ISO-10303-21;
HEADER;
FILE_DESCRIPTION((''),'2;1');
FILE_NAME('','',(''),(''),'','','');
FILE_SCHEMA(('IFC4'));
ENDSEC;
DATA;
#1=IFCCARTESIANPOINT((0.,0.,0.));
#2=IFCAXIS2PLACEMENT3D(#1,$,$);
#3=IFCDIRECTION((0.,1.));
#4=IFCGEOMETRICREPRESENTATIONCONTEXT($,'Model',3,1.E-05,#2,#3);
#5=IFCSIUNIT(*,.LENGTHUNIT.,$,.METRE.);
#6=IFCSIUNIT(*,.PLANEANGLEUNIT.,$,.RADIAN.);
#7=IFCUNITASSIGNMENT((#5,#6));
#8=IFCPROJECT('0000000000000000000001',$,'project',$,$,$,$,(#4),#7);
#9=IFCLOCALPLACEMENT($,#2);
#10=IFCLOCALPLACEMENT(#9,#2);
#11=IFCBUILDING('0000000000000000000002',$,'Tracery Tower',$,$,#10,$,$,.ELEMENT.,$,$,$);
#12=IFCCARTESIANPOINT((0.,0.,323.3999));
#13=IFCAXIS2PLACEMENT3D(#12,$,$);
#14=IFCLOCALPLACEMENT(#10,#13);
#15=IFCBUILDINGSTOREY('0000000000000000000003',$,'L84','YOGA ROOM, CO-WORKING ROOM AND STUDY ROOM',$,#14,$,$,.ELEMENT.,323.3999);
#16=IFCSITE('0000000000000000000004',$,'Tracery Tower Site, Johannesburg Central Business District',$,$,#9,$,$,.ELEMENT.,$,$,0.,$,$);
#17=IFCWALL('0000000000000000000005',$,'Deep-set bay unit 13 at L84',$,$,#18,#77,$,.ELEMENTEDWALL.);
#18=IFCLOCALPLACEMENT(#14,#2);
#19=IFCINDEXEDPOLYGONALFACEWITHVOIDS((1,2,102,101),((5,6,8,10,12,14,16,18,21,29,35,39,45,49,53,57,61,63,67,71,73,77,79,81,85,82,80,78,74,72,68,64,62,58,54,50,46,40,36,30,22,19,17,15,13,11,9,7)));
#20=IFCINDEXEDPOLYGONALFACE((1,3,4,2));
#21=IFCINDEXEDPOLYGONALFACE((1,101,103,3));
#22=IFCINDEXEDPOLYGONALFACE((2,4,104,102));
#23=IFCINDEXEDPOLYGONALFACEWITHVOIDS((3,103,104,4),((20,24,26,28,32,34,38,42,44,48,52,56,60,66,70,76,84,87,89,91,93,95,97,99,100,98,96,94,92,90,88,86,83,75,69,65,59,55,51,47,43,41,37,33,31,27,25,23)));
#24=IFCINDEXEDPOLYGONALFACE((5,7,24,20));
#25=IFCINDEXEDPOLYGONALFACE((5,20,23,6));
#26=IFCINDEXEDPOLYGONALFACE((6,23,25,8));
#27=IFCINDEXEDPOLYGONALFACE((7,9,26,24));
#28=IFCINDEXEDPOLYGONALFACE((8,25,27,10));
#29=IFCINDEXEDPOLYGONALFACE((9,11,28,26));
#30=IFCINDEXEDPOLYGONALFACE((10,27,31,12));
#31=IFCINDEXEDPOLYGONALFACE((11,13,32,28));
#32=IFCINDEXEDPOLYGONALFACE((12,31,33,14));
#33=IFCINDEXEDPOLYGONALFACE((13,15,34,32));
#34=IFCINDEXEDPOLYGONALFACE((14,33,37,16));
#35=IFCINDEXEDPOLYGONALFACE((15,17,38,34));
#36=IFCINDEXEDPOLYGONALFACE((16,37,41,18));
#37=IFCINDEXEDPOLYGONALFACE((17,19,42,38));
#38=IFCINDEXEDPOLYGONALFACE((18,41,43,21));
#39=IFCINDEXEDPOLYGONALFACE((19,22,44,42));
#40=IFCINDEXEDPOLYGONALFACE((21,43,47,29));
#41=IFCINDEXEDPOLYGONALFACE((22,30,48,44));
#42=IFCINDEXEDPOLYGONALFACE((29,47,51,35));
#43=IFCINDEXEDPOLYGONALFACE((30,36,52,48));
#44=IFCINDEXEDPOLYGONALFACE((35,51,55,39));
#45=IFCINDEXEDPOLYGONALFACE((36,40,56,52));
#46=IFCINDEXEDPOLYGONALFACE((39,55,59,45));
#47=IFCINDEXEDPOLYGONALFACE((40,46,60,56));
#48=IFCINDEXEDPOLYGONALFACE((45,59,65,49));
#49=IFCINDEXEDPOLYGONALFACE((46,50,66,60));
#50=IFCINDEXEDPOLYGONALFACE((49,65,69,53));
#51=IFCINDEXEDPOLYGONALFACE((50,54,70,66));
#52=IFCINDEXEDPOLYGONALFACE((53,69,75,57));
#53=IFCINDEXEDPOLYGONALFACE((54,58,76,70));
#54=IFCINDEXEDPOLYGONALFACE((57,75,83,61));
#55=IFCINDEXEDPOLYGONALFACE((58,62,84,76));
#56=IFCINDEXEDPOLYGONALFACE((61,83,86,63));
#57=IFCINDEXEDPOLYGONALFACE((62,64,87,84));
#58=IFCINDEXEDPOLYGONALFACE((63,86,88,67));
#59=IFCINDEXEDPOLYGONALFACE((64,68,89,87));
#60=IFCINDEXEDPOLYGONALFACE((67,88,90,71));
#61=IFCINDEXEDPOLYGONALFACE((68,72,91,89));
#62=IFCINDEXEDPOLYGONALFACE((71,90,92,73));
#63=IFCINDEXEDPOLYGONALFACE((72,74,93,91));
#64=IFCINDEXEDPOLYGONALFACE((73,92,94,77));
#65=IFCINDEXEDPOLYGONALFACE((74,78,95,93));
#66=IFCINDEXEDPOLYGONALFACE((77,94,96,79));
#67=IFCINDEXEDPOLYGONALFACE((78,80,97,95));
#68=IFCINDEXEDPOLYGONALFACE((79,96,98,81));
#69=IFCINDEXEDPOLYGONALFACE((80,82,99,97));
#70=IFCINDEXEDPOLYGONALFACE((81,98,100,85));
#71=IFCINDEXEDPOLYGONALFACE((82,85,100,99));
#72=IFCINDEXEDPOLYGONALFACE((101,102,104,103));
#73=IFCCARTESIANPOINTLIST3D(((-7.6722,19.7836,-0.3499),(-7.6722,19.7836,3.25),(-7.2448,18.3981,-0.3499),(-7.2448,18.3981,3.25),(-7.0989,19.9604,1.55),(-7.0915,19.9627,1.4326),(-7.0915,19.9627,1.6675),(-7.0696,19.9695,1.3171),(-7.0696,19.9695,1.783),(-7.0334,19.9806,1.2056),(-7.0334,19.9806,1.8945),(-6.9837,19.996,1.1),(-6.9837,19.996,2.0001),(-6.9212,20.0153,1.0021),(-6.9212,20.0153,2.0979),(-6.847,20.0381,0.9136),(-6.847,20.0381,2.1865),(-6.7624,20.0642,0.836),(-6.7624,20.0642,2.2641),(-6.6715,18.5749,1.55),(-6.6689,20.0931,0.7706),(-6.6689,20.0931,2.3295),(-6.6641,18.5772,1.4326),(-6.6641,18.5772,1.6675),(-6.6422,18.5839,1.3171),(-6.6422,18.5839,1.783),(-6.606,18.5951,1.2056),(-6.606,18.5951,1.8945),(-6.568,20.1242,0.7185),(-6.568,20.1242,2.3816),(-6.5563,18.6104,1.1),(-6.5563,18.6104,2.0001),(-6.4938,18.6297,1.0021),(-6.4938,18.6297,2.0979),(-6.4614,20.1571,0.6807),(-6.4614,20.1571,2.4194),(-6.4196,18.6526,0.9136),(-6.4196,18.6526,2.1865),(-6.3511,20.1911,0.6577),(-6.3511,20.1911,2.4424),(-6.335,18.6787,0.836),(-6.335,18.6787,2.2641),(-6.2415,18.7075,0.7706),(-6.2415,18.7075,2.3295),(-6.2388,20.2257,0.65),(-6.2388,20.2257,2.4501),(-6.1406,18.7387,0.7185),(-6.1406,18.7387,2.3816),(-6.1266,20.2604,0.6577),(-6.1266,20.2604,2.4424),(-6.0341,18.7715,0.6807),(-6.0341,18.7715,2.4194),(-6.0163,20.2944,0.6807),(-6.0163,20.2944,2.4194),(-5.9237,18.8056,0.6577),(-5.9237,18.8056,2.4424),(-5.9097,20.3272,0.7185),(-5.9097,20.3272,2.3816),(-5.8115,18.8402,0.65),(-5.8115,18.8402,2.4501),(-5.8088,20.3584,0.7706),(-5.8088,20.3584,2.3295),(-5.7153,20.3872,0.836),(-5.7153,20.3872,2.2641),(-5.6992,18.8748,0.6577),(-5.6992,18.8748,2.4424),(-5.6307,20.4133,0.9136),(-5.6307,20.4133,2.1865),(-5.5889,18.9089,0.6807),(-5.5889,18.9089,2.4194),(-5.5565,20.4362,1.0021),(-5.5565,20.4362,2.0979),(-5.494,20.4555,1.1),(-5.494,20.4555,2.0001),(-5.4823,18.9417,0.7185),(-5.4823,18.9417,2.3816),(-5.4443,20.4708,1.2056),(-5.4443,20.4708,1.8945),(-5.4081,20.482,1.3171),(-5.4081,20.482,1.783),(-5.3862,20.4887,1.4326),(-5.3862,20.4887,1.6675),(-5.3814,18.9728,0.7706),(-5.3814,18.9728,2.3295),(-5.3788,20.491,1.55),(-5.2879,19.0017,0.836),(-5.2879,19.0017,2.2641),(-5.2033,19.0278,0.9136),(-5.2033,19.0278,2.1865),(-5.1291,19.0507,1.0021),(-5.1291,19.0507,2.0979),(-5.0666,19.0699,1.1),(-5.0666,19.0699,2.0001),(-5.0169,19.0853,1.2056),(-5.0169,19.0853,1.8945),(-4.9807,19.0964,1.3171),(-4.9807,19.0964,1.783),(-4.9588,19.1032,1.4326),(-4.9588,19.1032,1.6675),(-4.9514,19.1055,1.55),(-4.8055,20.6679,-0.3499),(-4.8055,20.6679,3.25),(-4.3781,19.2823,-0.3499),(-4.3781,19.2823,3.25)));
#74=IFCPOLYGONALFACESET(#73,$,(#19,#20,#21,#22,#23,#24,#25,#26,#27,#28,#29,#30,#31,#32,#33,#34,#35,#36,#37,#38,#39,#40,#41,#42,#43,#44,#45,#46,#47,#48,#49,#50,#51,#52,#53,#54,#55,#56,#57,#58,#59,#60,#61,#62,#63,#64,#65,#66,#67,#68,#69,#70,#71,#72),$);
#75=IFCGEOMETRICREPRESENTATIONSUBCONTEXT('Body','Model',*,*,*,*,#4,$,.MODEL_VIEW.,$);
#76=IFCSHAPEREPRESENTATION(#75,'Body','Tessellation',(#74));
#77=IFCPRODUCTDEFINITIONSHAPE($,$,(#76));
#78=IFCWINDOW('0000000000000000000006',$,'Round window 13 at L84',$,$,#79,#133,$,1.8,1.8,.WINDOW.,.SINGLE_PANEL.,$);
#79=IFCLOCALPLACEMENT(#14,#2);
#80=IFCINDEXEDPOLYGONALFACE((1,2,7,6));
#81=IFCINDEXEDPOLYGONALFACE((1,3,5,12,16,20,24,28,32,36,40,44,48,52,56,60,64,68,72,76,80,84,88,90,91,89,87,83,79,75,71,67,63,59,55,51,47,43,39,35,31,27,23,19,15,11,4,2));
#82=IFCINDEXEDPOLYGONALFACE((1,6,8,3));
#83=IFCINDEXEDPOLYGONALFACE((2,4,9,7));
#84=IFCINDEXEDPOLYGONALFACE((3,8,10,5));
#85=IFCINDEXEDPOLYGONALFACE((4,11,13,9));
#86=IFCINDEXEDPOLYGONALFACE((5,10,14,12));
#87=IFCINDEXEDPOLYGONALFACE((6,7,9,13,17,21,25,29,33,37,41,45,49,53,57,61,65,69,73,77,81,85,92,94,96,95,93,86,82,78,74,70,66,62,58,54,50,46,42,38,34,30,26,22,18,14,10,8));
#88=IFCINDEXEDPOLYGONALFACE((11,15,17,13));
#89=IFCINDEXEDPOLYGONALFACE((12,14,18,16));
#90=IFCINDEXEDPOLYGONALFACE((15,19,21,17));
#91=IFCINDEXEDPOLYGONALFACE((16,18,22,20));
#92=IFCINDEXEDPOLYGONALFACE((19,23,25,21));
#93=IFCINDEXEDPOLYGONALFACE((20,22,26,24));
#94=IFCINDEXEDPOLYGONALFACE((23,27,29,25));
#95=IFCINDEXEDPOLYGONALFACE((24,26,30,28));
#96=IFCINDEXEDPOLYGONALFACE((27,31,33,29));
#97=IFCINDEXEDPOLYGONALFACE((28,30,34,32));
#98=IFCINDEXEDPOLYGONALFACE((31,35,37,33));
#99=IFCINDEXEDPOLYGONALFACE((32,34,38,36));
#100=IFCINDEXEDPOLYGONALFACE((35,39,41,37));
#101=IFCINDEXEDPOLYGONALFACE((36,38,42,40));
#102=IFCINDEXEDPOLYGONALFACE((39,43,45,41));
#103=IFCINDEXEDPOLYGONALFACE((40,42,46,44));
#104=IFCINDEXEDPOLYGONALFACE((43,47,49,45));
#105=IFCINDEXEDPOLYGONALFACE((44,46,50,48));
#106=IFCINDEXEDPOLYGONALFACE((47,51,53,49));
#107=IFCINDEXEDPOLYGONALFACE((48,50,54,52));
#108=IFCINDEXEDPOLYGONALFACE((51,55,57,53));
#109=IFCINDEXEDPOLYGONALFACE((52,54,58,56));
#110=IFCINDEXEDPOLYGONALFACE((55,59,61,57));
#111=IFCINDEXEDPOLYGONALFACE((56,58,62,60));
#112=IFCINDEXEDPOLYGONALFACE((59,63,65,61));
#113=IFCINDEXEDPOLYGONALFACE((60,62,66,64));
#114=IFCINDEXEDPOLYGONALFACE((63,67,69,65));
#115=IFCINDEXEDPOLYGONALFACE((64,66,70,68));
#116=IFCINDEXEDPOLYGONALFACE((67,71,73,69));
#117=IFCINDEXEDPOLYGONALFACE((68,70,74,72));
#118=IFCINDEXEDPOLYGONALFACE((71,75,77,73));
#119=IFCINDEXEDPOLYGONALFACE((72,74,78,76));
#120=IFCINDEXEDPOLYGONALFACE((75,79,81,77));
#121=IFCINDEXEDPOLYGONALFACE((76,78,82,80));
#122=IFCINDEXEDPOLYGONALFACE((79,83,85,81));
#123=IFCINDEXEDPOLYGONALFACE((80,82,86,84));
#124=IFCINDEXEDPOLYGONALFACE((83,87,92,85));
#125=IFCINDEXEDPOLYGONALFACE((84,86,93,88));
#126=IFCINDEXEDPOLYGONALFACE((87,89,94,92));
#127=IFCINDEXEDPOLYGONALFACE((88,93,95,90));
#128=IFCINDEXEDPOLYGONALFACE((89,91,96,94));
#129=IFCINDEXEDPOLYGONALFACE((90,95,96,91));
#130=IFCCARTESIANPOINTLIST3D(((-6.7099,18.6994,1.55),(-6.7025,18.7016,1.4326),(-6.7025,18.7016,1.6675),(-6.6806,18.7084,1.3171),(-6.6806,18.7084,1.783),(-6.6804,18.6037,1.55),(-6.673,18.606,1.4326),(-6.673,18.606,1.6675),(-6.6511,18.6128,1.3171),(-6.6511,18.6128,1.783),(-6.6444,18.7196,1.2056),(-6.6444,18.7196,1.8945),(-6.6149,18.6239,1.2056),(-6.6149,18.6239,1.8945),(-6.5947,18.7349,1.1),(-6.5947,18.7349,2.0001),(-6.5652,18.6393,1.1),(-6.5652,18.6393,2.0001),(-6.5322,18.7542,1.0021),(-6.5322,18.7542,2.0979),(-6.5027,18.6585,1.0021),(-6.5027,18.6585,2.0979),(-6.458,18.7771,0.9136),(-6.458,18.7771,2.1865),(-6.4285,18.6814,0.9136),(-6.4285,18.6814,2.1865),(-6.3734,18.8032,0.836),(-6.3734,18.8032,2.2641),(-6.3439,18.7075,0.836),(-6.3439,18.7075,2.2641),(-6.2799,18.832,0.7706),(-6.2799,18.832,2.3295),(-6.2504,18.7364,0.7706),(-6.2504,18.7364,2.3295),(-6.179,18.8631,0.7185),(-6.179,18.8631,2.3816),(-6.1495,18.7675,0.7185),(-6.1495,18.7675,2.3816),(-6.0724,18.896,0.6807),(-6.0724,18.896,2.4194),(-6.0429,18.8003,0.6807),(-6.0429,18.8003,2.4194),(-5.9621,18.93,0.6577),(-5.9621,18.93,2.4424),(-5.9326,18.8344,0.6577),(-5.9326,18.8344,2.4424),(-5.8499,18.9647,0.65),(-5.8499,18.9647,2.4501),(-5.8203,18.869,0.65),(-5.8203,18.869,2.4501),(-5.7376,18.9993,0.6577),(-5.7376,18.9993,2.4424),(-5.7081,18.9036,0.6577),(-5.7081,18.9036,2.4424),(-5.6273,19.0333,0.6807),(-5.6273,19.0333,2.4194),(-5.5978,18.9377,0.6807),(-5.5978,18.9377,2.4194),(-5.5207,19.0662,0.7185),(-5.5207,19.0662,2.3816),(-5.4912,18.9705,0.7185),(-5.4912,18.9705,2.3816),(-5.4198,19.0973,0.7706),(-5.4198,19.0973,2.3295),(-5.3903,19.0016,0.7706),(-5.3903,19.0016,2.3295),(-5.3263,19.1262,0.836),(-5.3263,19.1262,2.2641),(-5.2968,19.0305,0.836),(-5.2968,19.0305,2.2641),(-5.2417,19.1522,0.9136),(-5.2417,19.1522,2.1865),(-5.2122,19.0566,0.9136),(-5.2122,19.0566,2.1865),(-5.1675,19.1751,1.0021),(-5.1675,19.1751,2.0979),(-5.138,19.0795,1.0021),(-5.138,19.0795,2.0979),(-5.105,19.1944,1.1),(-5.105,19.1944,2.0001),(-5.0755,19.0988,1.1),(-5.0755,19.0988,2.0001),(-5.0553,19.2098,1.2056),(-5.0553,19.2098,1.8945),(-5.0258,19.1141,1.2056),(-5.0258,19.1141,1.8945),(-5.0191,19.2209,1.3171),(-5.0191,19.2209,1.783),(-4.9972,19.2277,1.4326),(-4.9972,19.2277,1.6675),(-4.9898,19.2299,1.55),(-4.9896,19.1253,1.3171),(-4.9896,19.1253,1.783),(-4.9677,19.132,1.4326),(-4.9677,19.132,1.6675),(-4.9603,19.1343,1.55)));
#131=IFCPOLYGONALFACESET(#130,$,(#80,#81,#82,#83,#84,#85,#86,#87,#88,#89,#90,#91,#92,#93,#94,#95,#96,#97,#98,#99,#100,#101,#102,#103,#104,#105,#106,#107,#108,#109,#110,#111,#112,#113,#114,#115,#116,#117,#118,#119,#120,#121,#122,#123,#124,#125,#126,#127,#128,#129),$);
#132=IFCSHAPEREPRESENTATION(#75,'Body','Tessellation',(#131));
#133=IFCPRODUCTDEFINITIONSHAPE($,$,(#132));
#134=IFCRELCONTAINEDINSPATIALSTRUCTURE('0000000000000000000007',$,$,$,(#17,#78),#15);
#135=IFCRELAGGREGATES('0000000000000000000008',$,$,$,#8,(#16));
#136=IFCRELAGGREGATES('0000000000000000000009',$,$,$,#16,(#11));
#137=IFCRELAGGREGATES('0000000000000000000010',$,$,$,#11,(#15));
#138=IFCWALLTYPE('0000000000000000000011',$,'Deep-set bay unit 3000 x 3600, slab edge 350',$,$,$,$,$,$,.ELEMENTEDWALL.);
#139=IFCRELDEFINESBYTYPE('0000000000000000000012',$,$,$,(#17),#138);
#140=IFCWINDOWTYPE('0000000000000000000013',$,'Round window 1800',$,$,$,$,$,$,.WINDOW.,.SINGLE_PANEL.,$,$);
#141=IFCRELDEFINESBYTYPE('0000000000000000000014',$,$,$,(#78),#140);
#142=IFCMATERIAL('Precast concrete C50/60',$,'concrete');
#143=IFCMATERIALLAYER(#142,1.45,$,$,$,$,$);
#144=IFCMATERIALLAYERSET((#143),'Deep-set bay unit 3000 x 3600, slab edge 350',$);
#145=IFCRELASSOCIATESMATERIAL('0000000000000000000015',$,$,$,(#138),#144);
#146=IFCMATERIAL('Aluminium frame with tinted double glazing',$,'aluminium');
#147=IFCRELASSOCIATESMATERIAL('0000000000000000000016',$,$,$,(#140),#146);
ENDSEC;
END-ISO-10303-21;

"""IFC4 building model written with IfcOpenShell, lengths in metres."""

from ifc_helpers import new_model, si_unit, direction, frame, frame_2d, origin, origin_2d, place, context, subcontext, project, spatial, rectangle, circle, extrude, material, layer, layer_set, type_object, element, fill, save


model = new_model("IFC4")

# Units and contexts
model_context = context("Model", 3, precision=1e-05, world=origin(), true_north=direction((0.0, 1.0)))
body_context = subcontext(model_context, "Body", "Model", "MODEL_VIEW")
ifc_project = project(units=[si_unit("LENGTHUNIT", "METRE"), si_unit("PLANEANGLEUNIT", "RADIAN")], contexts=[model_context])

# Site, building, storey
site_placement = place(None, origin())
site = spatial("IfcSite", under=ifc_project, at=site_placement, Name="Tracery Tower Site, Johannesburg Central Business District", CompositionType="ELEMENT", RefElevation=0.0)
building_placement = place(site_placement, origin())
building = spatial("IfcBuilding", under=site, at=building_placement, Name="Tracery Tower", CompositionType="ELEMENT")
storey_placement = place(building_placement, frame((0.0, 0.0, 323.3999)))
storey = spatial("IfcBuildingStorey", under=building, at=storey_placement, Name="L84", Description="YOGA ROOM, CO-WORKING ROOM AND STUDY ROOM", CompositionType="ELEMENT", Elevation=323.3999)

# Wall, opening, window
ifc_material_1 = material(Name="Precast concrete C50/60", Category="concrete")
ifc_layer_1 = layer(ifc_material_1, 1.45)
ifc_layer_set_1 = layer_set([ifc_layer_1], Name="Deep-set bay unit 3000 x 3600, slab edge 350")
wall_type_1 = type_object("IfcWallType", Name="Deep-set bay unit 3000 x 3600, slab edge 350", PredefinedType="ELEMENTEDWALL", material=ifc_layer_set_1)
wall_1_placement = place(storey_placement, frame((-4.5918, 19.9751, -0.3499), z_axis=(0.0, 0.0, 1.0), x_axis=(-0.955571, -0.294761, 0.0)))
wall_1 = element("IfcWall", 1, at=wall_1_placement, inside=storey, type_object=wall_type_1, Name="Deep-set bay unit 13 at L84", PredefinedType="ELEMENTEDWALL", context=body_context, shape_type="SweptSolid", body=[
    extrude(rectangle(XDim=3.0, YDim=1.45, at=frame_2d((1.5, 0.0))), origin(), (0.0, 0.0, 1.0), 3.5999),
])
opening_1_placement = place(wall_1_placement, frame((1.5, 0.0, 1.8999)))
opening_1 = element("IfcOpeningElement", 2, at=opening_1_placement, cuts=wall_1, PredefinedType="OPENING", context=body_context, shape_type="SweptSolid", body=[
    extrude(circle(Radius=0.9, at=origin_2d()), frame((0.0, 0.7349, 0.0), z_axis=(0.0, -1.0, 0.0), x_axis=(1.0, 0.0, 0.0)), (0.0, 0.0, 1.0), 1.47),
])
ifc_material_2 = material(Name="Aluminium frame with tinted double glazing", Category="aluminium")
window_type = type_object("IfcWindowType", Name="Round window 1800", PartitioningType="SINGLE_PANEL", PredefinedType="WINDOW", material=ifc_material_2)
window_1_placement = place(opening_1_placement, origin())
window_1 = element("IfcWindow", 3, at=window_1_placement, inside=storey, type_object=window_type, Name="Round window 13 at L84", OverallHeight=1.8, OverallWidth=1.8, PartitioningType="SINGLE_PANEL", PredefinedType="WINDOW", context=body_context, shape_type="SweptSolid", body=[
    extrude(circle(Radius=0.9, at=origin_2d()), frame((0.0, 0.6948, 0.0), z_axis=(0.0, -1.0, 0.0), x_axis=(1.0, 0.0, 0.0)), (0.0, 0.0, 1.0), 0.1001),
])
fill(opening_1, window_1)

save(model, "model.ifc")
